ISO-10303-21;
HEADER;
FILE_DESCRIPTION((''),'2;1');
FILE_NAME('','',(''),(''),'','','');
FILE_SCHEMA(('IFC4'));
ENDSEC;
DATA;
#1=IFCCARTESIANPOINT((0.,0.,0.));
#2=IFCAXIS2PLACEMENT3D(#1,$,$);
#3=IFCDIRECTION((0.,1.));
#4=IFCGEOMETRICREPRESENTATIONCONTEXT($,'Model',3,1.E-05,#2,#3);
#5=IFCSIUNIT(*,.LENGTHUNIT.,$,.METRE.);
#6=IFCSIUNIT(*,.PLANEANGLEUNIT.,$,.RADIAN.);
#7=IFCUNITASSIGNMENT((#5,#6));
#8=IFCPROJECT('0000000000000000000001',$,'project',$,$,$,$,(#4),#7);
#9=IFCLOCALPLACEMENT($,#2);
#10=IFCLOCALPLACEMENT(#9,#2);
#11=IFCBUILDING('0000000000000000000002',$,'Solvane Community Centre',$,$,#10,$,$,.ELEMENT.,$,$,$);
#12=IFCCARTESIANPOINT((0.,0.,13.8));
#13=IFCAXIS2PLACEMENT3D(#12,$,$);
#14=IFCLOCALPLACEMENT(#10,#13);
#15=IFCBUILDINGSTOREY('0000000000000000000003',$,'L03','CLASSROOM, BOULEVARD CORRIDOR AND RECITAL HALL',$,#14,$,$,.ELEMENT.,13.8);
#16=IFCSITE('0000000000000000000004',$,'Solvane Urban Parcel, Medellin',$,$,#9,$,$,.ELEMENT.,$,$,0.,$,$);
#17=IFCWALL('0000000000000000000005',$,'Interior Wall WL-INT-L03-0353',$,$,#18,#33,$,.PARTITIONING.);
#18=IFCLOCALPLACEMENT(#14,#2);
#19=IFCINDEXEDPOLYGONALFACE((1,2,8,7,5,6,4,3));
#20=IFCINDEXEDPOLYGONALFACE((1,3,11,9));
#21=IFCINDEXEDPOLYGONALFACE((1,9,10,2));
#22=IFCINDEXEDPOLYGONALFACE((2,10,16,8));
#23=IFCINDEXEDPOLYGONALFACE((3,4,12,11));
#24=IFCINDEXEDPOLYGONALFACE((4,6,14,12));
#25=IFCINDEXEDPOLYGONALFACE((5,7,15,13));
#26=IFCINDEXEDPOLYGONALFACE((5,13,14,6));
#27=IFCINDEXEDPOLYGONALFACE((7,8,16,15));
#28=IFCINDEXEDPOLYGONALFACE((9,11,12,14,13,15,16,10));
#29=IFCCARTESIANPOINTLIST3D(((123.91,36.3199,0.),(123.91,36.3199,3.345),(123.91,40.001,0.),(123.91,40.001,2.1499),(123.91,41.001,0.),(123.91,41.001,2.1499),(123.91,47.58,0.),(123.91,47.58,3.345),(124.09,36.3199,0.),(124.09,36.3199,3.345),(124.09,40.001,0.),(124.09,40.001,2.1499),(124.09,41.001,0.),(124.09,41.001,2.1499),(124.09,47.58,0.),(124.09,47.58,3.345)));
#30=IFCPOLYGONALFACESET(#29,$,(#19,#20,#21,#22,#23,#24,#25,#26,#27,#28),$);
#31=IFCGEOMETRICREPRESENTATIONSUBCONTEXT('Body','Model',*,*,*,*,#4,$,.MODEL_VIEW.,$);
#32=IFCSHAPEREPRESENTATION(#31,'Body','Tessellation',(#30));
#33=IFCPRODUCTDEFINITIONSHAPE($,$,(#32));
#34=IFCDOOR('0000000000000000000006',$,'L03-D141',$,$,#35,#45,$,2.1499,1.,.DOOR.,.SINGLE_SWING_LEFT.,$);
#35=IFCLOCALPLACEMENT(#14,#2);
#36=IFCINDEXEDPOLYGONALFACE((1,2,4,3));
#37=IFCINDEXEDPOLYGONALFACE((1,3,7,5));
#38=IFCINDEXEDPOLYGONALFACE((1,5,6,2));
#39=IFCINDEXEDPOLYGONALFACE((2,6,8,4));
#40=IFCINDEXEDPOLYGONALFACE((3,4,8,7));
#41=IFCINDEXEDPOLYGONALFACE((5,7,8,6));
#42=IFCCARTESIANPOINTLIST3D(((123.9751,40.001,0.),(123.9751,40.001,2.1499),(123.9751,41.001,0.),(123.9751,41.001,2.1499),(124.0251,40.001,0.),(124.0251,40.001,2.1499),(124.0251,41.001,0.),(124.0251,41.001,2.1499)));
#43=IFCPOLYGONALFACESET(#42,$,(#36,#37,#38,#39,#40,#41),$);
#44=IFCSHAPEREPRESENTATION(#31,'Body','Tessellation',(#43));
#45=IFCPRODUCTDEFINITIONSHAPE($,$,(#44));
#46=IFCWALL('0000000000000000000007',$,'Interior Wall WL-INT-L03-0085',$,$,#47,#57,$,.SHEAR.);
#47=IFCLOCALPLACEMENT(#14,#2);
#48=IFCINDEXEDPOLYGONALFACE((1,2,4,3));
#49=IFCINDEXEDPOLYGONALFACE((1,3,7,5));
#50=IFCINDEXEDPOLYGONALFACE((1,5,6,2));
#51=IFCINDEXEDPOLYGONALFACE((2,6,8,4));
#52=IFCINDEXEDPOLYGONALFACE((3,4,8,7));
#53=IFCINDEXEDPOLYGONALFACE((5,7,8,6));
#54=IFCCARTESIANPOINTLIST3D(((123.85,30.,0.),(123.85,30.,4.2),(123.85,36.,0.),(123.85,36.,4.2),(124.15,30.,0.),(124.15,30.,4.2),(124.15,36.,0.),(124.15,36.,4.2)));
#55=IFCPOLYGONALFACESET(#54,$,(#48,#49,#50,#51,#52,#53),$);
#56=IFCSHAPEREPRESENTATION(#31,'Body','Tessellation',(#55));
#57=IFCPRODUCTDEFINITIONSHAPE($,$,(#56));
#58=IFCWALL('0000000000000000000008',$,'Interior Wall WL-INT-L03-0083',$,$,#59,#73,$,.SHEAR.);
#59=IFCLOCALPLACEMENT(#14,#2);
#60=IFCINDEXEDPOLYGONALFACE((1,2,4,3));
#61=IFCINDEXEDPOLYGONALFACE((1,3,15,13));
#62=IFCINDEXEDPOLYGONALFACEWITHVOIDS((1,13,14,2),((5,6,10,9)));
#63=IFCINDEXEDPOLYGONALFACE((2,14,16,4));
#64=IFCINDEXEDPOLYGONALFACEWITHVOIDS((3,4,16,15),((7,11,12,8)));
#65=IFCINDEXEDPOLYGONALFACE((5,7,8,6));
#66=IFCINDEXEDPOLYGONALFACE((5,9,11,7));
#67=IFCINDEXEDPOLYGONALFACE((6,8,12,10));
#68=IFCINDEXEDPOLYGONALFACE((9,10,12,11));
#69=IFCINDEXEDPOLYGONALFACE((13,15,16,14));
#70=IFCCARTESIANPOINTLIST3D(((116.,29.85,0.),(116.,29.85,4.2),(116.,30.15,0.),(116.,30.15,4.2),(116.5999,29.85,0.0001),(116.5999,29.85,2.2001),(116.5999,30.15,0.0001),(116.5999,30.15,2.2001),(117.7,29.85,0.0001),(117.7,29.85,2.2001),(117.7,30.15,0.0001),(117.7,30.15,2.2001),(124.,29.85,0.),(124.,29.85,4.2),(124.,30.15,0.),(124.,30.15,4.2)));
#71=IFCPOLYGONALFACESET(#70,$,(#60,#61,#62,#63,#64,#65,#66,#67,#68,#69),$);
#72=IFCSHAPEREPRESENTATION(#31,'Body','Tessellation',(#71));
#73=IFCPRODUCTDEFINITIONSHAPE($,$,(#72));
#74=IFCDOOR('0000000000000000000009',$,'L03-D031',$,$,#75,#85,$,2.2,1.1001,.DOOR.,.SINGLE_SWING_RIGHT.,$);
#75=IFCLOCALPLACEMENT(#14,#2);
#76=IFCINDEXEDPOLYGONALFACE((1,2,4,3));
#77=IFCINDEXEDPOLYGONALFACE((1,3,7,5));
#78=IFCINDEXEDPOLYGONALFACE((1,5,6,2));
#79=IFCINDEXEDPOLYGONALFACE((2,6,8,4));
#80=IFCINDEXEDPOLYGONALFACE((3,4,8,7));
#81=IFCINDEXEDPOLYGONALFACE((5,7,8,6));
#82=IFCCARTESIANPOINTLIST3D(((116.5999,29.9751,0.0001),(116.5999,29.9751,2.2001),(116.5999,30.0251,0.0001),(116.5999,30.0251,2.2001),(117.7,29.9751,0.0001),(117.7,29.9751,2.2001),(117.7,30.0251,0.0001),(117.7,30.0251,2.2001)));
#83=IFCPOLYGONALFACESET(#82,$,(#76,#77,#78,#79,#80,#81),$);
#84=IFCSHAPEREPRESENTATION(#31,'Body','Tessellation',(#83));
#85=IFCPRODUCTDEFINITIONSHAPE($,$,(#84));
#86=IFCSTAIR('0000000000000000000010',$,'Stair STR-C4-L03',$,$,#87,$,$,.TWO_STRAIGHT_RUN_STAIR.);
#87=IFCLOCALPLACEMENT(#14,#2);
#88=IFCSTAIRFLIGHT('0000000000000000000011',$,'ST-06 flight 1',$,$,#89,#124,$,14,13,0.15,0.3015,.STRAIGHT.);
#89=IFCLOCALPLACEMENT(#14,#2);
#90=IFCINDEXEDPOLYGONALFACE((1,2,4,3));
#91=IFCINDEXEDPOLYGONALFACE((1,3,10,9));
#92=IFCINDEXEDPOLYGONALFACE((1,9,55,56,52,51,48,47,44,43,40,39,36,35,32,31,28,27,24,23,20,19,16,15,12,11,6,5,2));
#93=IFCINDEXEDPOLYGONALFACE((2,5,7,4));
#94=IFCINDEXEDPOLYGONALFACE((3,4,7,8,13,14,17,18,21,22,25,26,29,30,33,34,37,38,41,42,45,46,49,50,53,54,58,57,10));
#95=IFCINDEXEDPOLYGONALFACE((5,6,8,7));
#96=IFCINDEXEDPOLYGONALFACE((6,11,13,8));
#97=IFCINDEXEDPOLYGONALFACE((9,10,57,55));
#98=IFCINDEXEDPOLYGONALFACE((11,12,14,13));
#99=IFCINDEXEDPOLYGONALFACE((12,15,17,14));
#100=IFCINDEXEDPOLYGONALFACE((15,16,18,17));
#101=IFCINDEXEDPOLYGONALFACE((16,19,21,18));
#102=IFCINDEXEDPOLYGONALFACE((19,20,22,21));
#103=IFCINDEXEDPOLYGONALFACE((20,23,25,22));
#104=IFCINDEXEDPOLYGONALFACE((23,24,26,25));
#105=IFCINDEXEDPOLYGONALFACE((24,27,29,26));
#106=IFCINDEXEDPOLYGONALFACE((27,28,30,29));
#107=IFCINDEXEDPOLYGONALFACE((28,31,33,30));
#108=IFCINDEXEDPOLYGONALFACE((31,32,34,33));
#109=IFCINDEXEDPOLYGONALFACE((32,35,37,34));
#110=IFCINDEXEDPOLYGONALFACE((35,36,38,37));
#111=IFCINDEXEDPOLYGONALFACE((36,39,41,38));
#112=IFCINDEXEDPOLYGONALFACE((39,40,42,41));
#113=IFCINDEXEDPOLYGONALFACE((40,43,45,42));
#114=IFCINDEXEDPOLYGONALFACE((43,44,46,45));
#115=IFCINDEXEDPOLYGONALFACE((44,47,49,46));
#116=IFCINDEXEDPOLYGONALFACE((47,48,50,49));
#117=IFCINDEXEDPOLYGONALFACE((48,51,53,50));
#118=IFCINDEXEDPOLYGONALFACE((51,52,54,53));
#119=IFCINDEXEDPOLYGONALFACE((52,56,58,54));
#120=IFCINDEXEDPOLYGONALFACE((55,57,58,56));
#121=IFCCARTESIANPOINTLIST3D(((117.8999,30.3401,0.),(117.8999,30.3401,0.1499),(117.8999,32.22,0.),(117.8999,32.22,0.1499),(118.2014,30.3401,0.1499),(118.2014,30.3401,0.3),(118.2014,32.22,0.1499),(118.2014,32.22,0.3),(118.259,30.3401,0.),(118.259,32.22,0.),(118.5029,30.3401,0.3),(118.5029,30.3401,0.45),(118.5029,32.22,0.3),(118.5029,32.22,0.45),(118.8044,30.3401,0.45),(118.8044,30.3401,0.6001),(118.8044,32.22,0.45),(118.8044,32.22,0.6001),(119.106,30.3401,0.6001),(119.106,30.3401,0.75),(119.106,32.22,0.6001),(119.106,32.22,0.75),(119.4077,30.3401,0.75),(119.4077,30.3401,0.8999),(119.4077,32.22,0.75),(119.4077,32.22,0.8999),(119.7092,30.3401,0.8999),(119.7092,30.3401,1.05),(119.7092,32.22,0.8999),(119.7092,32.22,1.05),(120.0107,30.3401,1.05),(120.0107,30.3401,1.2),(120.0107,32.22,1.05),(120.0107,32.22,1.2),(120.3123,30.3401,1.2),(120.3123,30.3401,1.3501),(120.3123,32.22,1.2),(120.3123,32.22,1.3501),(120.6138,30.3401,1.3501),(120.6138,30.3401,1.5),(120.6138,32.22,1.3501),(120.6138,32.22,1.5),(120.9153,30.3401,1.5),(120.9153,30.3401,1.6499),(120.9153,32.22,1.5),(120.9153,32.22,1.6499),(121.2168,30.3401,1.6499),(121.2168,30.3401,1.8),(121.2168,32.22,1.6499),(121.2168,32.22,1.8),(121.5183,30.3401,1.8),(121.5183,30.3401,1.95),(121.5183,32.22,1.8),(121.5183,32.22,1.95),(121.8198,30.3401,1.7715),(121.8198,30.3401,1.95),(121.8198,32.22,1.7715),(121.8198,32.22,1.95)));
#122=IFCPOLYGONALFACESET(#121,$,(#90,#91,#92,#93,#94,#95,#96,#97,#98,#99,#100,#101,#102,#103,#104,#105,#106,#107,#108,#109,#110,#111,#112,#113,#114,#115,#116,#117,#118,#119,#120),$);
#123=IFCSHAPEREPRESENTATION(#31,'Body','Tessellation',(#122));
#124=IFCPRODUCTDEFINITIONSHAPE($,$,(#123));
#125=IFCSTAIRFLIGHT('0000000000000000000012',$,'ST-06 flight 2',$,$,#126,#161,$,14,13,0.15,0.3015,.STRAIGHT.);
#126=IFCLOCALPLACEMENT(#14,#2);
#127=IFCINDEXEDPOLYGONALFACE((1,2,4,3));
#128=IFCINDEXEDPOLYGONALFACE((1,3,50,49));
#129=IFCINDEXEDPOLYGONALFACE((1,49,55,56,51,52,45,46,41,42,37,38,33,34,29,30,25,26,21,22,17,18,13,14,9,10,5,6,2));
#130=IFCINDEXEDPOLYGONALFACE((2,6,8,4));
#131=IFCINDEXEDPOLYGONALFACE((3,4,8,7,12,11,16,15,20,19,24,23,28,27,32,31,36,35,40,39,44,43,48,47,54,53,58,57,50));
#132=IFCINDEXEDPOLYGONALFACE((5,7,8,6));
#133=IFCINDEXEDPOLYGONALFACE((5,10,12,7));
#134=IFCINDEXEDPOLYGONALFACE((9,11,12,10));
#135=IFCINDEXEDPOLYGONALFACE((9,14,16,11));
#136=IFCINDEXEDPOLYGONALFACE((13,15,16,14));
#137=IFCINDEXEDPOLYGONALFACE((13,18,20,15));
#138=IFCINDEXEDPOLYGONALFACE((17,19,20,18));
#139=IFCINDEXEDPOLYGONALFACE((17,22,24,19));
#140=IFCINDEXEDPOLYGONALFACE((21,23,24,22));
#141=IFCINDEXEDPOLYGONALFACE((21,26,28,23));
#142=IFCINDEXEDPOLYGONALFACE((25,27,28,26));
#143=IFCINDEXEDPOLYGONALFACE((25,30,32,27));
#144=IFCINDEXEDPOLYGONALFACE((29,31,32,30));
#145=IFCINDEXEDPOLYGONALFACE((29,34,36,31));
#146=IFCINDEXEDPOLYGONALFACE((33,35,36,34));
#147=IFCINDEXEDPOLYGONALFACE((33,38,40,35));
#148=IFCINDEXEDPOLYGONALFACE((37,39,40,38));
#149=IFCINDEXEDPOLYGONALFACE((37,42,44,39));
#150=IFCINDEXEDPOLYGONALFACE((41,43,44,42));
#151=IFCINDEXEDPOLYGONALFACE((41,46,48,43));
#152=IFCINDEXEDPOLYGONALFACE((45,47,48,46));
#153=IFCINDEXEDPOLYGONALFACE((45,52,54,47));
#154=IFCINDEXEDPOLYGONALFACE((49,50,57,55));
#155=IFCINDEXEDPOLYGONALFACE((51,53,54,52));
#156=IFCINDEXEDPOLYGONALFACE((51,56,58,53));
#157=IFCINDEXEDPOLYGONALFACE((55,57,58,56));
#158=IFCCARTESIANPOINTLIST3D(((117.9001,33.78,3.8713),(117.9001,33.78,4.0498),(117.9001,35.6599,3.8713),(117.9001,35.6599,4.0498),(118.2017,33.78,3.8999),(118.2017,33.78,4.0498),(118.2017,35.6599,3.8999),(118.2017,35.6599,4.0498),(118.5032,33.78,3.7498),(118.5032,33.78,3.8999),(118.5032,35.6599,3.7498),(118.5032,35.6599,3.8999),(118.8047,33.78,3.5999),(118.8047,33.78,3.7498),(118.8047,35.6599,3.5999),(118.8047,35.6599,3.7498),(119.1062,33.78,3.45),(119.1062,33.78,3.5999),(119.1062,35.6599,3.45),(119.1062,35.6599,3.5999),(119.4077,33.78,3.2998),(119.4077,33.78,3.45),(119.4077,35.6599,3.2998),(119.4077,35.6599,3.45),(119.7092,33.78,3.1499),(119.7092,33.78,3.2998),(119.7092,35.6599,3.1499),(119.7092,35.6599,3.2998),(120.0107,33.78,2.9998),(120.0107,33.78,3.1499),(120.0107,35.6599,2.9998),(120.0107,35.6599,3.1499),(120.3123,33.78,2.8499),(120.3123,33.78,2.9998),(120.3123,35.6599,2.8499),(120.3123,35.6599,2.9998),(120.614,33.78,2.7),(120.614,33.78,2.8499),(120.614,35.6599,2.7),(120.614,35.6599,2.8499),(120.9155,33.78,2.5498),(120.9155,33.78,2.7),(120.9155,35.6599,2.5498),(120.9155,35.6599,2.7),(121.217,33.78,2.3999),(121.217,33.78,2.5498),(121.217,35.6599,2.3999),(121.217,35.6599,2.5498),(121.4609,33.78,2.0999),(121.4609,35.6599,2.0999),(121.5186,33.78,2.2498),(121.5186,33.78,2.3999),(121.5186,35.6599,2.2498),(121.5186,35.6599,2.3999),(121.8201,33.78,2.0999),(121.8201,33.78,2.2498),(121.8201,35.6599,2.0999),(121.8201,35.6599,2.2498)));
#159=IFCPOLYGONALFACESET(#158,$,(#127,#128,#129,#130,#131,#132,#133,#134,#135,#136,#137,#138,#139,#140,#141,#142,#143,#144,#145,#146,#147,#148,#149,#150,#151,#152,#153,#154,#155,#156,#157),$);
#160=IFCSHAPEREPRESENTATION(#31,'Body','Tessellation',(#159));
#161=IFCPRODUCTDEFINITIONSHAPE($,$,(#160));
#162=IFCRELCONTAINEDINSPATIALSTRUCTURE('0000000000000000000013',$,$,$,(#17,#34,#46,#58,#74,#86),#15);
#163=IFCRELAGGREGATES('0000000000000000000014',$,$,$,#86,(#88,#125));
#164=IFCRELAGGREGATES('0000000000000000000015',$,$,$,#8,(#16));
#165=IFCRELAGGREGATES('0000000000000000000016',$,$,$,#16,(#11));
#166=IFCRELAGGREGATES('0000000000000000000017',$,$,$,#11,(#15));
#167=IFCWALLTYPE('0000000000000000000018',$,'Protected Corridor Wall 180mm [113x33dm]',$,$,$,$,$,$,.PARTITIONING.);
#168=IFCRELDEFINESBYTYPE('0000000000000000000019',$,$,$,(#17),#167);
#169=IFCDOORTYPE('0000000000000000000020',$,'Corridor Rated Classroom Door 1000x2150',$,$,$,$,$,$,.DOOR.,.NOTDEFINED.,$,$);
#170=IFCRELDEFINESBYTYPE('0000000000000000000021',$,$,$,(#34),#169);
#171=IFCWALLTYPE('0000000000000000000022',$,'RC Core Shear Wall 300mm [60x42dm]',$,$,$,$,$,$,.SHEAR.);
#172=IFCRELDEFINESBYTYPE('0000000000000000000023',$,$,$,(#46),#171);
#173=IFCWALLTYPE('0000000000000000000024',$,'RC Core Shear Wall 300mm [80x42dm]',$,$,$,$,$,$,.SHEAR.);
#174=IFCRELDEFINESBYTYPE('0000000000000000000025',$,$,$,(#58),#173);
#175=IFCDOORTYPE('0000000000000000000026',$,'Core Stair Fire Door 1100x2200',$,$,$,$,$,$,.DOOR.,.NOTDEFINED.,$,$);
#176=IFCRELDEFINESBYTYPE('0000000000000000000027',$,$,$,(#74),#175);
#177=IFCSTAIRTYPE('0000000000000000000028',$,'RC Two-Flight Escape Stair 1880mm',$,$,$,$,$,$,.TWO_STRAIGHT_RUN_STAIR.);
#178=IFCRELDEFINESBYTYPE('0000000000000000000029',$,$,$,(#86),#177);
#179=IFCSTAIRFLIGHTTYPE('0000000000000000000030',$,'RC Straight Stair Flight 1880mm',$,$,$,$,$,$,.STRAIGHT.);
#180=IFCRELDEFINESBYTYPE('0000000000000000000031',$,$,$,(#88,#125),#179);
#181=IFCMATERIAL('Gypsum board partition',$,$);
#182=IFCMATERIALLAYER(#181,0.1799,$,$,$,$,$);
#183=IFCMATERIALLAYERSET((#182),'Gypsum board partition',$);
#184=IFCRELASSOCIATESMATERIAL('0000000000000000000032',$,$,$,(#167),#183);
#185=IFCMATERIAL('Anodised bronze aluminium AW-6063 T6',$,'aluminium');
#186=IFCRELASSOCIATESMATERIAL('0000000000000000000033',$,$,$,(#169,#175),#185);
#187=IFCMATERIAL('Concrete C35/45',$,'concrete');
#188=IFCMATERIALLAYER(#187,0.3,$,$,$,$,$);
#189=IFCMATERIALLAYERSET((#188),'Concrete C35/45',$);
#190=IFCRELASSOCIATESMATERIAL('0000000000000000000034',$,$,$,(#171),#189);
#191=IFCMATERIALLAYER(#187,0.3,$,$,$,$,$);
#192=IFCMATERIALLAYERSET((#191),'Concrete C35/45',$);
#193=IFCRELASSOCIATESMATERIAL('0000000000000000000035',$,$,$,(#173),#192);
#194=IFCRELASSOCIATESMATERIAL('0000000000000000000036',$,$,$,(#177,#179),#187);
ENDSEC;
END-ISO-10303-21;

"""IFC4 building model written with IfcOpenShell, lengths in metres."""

from ifc_helpers import new_model, si_unit, direction, frame, frame_2d, origin, place, context, subcontext, project, spatial, polyline, rectangle, outline, extrude, material, layer, layer_set, type_object, element, fill, aggregate, save


model = new_model("IFC4")

# Units and contexts
model_context = context("Model", 3, precision=1e-05, world=origin(), true_north=direction((0.0, 1.0)))
body_context = subcontext(model_context, "Body", "Model", "MODEL_VIEW")
ifc_project = project(units=[si_unit("LENGTHUNIT", "METRE"), si_unit("PLANEANGLEUNIT", "RADIAN")], contexts=[model_context])

# Site, building, storey
site_placement = place(None, origin())
site = spatial("IfcSite", under=ifc_project, at=site_placement, Name="Solvane Urban Parcel, Medellin", CompositionType="ELEMENT", RefElevation=0.0)
building_placement = place(site_placement, origin())
building = spatial("IfcBuilding", under=site, at=building_placement, Name="Solvane Community Centre", CompositionType="ELEMENT")
storey_placement = place(building_placement, frame((0.0, 0.0, 13.8)))
storey = spatial("IfcBuildingStorey", under=building, at=storey_placement, Name="L03", Description="CLASSROOM, BOULEVARD CORRIDOR AND RECITAL HALL", CompositionType="ELEMENT", Elevation=13.8)

# Shared definitions
ifc_material_1 = material(Name="Anodised bronze aluminium AW-6063 T6", Category="aluminium")

# Wall, opening, door
ifc_material_2 = material(Name="Gypsum board partition")
ifc_layer_1 = layer(ifc_material_2, 0.1799)
ifc_layer_set_1 = layer_set([ifc_layer_1], Name="Gypsum board partition")
wall_type_1 = type_object("IfcWallType", Name="Protected Corridor Wall 180mm [113x33dm]", PredefinedType="PARTITIONING", material=ifc_layer_set_1)
wall_1_placement = place(storey_placement, frame((124.0, 36.3201, 0.0), z_axis=(0.0, 0.0, 1.0), x_axis=(0.0, 1.0, 0.0)))
wall_1 = element("IfcWall", 1, at=wall_1_placement, inside=storey, type_object=wall_type_1, Name="Interior Wall WL-INT-L03-0353", PredefinedType="PARTITIONING", context=body_context, shape_type="SweptSolid", body=[
    extrude(rectangle(XDim=11.26, YDim=0.1799, at=frame_2d((5.6299, 0.0))), origin(), (0.0, 0.0, 1.0), 3.345),
])
opening_1_placement = place(wall_1_placement, frame((3.6809, 0.0, 0.0)))
opening_1 = element("IfcOpeningElement", 2, at=opening_1_placement, cuts=wall_1, PredefinedType="OPENING", context=body_context, shape_type="SweptSolid", body=[
    extrude(rectangle(XDim=1.0, YDim=2.1499, at=frame_2d((0.5, 1.075))), frame((0.0, 0.0999, 0.0), z_axis=(0.0, -1.0, 0.0), x_axis=(1.0, 0.0, 0.0)), (0.0, 0.0, 1.0), 0.2),
])
door_type_1 = type_object("IfcDoorType", Name="Corridor Rated Classroom Door 1000x2150", OperationType="NOTDEFINED", PredefinedType="DOOR", material=ifc_material_1)
door_1_placement = place(opening_1_placement, origin())
door_1 = element("IfcDoor", 3, at=door_1_placement, inside=storey, type_object=door_type_1, Name="L03-D141", OperationType="SINGLE_SWING_LEFT", OverallHeight=2.1499, OverallWidth=1.0, PredefinedType="DOOR", context=body_context, shape_type="SweptSolid", body=[
    extrude(rectangle(XDim=1.0, YDim=2.1499, at=frame_2d((0.5, 1.075))), frame((0.0, 0.0249, 0.0), z_axis=(0.0, -1.0, 0.0), x_axis=(1.0, 0.0, 0.0)), (0.0, 0.0, 1.0), 0.05),
])
fill(opening_1, door_1)

# Wall
ifc_material_3 = material(Name="Concrete C35/45", Category="concrete")
ifc_layer_2 = layer(ifc_material_3, 0.3)
ifc_layer_set_2 = layer_set([ifc_layer_2], Name="Concrete C35/45")
wall_type_2 = type_object("IfcWallType", Name="RC Core Shear Wall 300mm [60x42dm]", PredefinedType="SHEAR", material=ifc_layer_set_2)
wall_2_placement = place(storey_placement, frame((124.0, 36.0, 0.0), z_axis=(0.0, 0.0, 1.0), x_axis=(0.0, -1.0, 0.0)))
element("IfcWall", 4, at=wall_2_placement, inside=storey, type_object=wall_type_2, Name="Interior Wall WL-INT-L03-0085", PredefinedType="SHEAR", context=body_context, shape_type="SweptSolid", body=[
    extrude(rectangle(XDim=6.0, YDim=0.3, at=frame_2d((3.0, 0.0))), origin(), (0.0, 0.0, 1.0), 4.2),
])

# Wall, opening, door
ifc_layer_3 = layer(ifc_material_3, 0.3)
ifc_layer_set_3 = layer_set([ifc_layer_3], Name="Concrete C35/45")
wall_type_3 = type_object("IfcWallType", Name="RC Core Shear Wall 300mm [80x42dm]", PredefinedType="SHEAR", material=ifc_layer_set_3)
wall_3_placement = place(storey_placement, frame((124.0, 30.0, 0.0), z_axis=(0.0, 0.0, 1.0), x_axis=(-1.0, 0.0, 0.0)))
wall_3 = element("IfcWall", 5, at=wall_3_placement, inside=storey, type_object=wall_type_3, Name="Interior Wall WL-INT-L03-0083", PredefinedType="SHEAR", context=body_context, shape_type="SweptSolid", body=[
    extrude(rectangle(XDim=8.0, YDim=0.3, at=frame_2d((4.0, 0.0))), origin(), (0.0, 0.0, 1.0), 4.2),
])
opening_2_placement = place(wall_3_placement, frame((6.3, 0.0, 0.0)))
opening_2 = element("IfcOpeningElement", 6, at=opening_2_placement, cuts=wall_3, PredefinedType="OPENING", context=body_context, shape_type="SweptSolid", body=[
    extrude(rectangle(XDim=1.1001, YDim=2.2, at=frame_2d((0.55, 1.1001))), frame((0.0, 0.1599, 0.0), z_axis=(0.0, -1.0, 0.0), x_axis=(1.0, 0.0, 0.0)), (0.0, 0.0, 1.0), 0.3201),
])
door_type_2 = type_object("IfcDoorType", Name="Core Stair Fire Door 1100x2200", OperationType="NOTDEFINED", PredefinedType="DOOR", material=ifc_material_1)
door_2_placement = place(opening_2_placement, origin())
door_2 = element("IfcDoor", 7, at=door_2_placement, inside=storey, type_object=door_type_2, Name="L03-D031", OperationType="SINGLE_SWING_RIGHT", OverallHeight=2.2, OverallWidth=1.1001, PredefinedType="DOOR", context=body_context, shape_type="SweptSolid", body=[
    extrude(rectangle(XDim=1.1001, YDim=2.2, at=frame_2d((0.55, 1.1001))), frame((0.0, 0.0249, 0.0), z_axis=(0.0, -1.0, 0.0), x_axis=(1.0, 0.0, 0.0)), (0.0, 0.0, 1.0), 0.05),
])
fill(opening_2, door_2)

# Stair, stair flights
stair_type = type_object("IfcStairType", Name="RC Two-Flight Escape Stair 1880mm", PredefinedType="TWO_STRAIGHT_RUN_STAIR", material=ifc_material_3)
stair_placement = place(storey_placement, origin())
stair = element("IfcStair", 8, at=stair_placement, inside=storey, type_object=stair_type, Name="Stair STR-C4-L03", PredefinedType="TWO_STRAIGHT_RUN_STAIR")
stair_flight_type = type_object("IfcStairFlightType", Name="RC Straight Stair Flight 1880mm", PredefinedType="STRAIGHT", material=ifc_material_3)
stair_flight_1_placement = place(storey_placement, frame((117.8999, 31.28, 0.0), z_axis=(0.0, 0.0, 1.0), x_axis=(1.0, 0.0, 0.0)))
stair_flight_1 = element("IfcStairFlight", 9, at=stair_flight_1_placement, type_object=stair_flight_type, Name="ST-06 flight 1", NumberOfRisers=14, NumberOfTreads=13, PredefinedType="STRAIGHT", RiserHeight=0.15, TreadLength=0.3015, context=body_context, shape_type="SweptSolid", body=[
    extrude(outline(polyline([(0.0, 0.0), (0.0, 0.1499), (0.3015, 0.1499), (0.3015, 0.3), (0.603, 0.3), (0.603, 0.45), (0.9045, 0.45), (0.9045, 0.6001), (1.2061, 0.6001), (1.2061, 0.75), (1.5078, 0.75), (1.5078, 0.8999), (1.8093, 0.8999), (1.8093, 1.05), (2.1108, 1.05), (2.1108, 1.2), (2.4124, 1.2), (2.4124, 1.3501), (2.7139, 1.3501), (2.7139, 1.5), (3.0154, 1.5), (3.0154, 1.6499), (3.3169, 1.6499), (3.3169, 1.8), (3.6184, 1.8), (3.6184, 1.95), (3.9199, 1.95), (3.9199, 2.1001), (3.9199, 1.7715), (0.3591, 0.0), (0.0, 0.0)])), frame((0.0, 0.9399, 0.0), z_axis=(0.0, -1.0, 0.0), x_axis=(1.0, 0.0, 0.0)), (0.0, 0.0, 1.0), 1.8799),
])
stair_flight_2_placement = place(storey_placement, frame((121.8201, 34.72, 2.0999), z_axis=(0.0, 0.0, 1.0), x_axis=(-1.0, 0.0, 0.0)))
stair_flight_2 = element("IfcStairFlight", 10, at=stair_flight_2_placement, type_object=stair_flight_type, Name="ST-06 flight 2", NumberOfRisers=14, NumberOfTreads=13, PredefinedType="STRAIGHT", RiserHeight=0.15, TreadLength=0.3015, context=body_context, shape_type="SweptSolid", body=[
    extrude(outline(polyline([(0.0, 0.0), (0.0, 0.1499), (0.3015, 0.1499), (0.3015, 0.3), (0.603, 0.3), (0.603, 0.45), (0.9045, 0.45), (0.9045, 0.6001), (1.2061, 0.6001), (1.2061, 0.75), (1.5078, 0.75), (1.5078, 0.8999), (1.8093, 0.8999), (1.8093, 1.05), (2.1108, 1.05), (2.1108, 1.2), (2.4124, 1.2), (2.4124, 1.3501), (2.7139, 1.3501), (2.7139, 1.5), (3.0154, 1.5), (3.0154, 1.6499), (3.3169, 1.6499), (3.3169, 1.8), (3.6184, 1.8), (3.6184, 1.95), (3.9199, 1.95), (3.9199, 2.1001), (3.9199, 1.7715), (0.3591, 0.0), (0.0, 0.0)])), frame((0.0, 0.9399, 0.0), z_axis=(0.0, -1.0, 0.0), x_axis=(1.0, 0.0, 0.0)), (0.0, 0.0, 1.0), 1.8799),
])
aggregate(stair, [stair_flight_1, stair_flight_2])

save(model, "model.ifc")
